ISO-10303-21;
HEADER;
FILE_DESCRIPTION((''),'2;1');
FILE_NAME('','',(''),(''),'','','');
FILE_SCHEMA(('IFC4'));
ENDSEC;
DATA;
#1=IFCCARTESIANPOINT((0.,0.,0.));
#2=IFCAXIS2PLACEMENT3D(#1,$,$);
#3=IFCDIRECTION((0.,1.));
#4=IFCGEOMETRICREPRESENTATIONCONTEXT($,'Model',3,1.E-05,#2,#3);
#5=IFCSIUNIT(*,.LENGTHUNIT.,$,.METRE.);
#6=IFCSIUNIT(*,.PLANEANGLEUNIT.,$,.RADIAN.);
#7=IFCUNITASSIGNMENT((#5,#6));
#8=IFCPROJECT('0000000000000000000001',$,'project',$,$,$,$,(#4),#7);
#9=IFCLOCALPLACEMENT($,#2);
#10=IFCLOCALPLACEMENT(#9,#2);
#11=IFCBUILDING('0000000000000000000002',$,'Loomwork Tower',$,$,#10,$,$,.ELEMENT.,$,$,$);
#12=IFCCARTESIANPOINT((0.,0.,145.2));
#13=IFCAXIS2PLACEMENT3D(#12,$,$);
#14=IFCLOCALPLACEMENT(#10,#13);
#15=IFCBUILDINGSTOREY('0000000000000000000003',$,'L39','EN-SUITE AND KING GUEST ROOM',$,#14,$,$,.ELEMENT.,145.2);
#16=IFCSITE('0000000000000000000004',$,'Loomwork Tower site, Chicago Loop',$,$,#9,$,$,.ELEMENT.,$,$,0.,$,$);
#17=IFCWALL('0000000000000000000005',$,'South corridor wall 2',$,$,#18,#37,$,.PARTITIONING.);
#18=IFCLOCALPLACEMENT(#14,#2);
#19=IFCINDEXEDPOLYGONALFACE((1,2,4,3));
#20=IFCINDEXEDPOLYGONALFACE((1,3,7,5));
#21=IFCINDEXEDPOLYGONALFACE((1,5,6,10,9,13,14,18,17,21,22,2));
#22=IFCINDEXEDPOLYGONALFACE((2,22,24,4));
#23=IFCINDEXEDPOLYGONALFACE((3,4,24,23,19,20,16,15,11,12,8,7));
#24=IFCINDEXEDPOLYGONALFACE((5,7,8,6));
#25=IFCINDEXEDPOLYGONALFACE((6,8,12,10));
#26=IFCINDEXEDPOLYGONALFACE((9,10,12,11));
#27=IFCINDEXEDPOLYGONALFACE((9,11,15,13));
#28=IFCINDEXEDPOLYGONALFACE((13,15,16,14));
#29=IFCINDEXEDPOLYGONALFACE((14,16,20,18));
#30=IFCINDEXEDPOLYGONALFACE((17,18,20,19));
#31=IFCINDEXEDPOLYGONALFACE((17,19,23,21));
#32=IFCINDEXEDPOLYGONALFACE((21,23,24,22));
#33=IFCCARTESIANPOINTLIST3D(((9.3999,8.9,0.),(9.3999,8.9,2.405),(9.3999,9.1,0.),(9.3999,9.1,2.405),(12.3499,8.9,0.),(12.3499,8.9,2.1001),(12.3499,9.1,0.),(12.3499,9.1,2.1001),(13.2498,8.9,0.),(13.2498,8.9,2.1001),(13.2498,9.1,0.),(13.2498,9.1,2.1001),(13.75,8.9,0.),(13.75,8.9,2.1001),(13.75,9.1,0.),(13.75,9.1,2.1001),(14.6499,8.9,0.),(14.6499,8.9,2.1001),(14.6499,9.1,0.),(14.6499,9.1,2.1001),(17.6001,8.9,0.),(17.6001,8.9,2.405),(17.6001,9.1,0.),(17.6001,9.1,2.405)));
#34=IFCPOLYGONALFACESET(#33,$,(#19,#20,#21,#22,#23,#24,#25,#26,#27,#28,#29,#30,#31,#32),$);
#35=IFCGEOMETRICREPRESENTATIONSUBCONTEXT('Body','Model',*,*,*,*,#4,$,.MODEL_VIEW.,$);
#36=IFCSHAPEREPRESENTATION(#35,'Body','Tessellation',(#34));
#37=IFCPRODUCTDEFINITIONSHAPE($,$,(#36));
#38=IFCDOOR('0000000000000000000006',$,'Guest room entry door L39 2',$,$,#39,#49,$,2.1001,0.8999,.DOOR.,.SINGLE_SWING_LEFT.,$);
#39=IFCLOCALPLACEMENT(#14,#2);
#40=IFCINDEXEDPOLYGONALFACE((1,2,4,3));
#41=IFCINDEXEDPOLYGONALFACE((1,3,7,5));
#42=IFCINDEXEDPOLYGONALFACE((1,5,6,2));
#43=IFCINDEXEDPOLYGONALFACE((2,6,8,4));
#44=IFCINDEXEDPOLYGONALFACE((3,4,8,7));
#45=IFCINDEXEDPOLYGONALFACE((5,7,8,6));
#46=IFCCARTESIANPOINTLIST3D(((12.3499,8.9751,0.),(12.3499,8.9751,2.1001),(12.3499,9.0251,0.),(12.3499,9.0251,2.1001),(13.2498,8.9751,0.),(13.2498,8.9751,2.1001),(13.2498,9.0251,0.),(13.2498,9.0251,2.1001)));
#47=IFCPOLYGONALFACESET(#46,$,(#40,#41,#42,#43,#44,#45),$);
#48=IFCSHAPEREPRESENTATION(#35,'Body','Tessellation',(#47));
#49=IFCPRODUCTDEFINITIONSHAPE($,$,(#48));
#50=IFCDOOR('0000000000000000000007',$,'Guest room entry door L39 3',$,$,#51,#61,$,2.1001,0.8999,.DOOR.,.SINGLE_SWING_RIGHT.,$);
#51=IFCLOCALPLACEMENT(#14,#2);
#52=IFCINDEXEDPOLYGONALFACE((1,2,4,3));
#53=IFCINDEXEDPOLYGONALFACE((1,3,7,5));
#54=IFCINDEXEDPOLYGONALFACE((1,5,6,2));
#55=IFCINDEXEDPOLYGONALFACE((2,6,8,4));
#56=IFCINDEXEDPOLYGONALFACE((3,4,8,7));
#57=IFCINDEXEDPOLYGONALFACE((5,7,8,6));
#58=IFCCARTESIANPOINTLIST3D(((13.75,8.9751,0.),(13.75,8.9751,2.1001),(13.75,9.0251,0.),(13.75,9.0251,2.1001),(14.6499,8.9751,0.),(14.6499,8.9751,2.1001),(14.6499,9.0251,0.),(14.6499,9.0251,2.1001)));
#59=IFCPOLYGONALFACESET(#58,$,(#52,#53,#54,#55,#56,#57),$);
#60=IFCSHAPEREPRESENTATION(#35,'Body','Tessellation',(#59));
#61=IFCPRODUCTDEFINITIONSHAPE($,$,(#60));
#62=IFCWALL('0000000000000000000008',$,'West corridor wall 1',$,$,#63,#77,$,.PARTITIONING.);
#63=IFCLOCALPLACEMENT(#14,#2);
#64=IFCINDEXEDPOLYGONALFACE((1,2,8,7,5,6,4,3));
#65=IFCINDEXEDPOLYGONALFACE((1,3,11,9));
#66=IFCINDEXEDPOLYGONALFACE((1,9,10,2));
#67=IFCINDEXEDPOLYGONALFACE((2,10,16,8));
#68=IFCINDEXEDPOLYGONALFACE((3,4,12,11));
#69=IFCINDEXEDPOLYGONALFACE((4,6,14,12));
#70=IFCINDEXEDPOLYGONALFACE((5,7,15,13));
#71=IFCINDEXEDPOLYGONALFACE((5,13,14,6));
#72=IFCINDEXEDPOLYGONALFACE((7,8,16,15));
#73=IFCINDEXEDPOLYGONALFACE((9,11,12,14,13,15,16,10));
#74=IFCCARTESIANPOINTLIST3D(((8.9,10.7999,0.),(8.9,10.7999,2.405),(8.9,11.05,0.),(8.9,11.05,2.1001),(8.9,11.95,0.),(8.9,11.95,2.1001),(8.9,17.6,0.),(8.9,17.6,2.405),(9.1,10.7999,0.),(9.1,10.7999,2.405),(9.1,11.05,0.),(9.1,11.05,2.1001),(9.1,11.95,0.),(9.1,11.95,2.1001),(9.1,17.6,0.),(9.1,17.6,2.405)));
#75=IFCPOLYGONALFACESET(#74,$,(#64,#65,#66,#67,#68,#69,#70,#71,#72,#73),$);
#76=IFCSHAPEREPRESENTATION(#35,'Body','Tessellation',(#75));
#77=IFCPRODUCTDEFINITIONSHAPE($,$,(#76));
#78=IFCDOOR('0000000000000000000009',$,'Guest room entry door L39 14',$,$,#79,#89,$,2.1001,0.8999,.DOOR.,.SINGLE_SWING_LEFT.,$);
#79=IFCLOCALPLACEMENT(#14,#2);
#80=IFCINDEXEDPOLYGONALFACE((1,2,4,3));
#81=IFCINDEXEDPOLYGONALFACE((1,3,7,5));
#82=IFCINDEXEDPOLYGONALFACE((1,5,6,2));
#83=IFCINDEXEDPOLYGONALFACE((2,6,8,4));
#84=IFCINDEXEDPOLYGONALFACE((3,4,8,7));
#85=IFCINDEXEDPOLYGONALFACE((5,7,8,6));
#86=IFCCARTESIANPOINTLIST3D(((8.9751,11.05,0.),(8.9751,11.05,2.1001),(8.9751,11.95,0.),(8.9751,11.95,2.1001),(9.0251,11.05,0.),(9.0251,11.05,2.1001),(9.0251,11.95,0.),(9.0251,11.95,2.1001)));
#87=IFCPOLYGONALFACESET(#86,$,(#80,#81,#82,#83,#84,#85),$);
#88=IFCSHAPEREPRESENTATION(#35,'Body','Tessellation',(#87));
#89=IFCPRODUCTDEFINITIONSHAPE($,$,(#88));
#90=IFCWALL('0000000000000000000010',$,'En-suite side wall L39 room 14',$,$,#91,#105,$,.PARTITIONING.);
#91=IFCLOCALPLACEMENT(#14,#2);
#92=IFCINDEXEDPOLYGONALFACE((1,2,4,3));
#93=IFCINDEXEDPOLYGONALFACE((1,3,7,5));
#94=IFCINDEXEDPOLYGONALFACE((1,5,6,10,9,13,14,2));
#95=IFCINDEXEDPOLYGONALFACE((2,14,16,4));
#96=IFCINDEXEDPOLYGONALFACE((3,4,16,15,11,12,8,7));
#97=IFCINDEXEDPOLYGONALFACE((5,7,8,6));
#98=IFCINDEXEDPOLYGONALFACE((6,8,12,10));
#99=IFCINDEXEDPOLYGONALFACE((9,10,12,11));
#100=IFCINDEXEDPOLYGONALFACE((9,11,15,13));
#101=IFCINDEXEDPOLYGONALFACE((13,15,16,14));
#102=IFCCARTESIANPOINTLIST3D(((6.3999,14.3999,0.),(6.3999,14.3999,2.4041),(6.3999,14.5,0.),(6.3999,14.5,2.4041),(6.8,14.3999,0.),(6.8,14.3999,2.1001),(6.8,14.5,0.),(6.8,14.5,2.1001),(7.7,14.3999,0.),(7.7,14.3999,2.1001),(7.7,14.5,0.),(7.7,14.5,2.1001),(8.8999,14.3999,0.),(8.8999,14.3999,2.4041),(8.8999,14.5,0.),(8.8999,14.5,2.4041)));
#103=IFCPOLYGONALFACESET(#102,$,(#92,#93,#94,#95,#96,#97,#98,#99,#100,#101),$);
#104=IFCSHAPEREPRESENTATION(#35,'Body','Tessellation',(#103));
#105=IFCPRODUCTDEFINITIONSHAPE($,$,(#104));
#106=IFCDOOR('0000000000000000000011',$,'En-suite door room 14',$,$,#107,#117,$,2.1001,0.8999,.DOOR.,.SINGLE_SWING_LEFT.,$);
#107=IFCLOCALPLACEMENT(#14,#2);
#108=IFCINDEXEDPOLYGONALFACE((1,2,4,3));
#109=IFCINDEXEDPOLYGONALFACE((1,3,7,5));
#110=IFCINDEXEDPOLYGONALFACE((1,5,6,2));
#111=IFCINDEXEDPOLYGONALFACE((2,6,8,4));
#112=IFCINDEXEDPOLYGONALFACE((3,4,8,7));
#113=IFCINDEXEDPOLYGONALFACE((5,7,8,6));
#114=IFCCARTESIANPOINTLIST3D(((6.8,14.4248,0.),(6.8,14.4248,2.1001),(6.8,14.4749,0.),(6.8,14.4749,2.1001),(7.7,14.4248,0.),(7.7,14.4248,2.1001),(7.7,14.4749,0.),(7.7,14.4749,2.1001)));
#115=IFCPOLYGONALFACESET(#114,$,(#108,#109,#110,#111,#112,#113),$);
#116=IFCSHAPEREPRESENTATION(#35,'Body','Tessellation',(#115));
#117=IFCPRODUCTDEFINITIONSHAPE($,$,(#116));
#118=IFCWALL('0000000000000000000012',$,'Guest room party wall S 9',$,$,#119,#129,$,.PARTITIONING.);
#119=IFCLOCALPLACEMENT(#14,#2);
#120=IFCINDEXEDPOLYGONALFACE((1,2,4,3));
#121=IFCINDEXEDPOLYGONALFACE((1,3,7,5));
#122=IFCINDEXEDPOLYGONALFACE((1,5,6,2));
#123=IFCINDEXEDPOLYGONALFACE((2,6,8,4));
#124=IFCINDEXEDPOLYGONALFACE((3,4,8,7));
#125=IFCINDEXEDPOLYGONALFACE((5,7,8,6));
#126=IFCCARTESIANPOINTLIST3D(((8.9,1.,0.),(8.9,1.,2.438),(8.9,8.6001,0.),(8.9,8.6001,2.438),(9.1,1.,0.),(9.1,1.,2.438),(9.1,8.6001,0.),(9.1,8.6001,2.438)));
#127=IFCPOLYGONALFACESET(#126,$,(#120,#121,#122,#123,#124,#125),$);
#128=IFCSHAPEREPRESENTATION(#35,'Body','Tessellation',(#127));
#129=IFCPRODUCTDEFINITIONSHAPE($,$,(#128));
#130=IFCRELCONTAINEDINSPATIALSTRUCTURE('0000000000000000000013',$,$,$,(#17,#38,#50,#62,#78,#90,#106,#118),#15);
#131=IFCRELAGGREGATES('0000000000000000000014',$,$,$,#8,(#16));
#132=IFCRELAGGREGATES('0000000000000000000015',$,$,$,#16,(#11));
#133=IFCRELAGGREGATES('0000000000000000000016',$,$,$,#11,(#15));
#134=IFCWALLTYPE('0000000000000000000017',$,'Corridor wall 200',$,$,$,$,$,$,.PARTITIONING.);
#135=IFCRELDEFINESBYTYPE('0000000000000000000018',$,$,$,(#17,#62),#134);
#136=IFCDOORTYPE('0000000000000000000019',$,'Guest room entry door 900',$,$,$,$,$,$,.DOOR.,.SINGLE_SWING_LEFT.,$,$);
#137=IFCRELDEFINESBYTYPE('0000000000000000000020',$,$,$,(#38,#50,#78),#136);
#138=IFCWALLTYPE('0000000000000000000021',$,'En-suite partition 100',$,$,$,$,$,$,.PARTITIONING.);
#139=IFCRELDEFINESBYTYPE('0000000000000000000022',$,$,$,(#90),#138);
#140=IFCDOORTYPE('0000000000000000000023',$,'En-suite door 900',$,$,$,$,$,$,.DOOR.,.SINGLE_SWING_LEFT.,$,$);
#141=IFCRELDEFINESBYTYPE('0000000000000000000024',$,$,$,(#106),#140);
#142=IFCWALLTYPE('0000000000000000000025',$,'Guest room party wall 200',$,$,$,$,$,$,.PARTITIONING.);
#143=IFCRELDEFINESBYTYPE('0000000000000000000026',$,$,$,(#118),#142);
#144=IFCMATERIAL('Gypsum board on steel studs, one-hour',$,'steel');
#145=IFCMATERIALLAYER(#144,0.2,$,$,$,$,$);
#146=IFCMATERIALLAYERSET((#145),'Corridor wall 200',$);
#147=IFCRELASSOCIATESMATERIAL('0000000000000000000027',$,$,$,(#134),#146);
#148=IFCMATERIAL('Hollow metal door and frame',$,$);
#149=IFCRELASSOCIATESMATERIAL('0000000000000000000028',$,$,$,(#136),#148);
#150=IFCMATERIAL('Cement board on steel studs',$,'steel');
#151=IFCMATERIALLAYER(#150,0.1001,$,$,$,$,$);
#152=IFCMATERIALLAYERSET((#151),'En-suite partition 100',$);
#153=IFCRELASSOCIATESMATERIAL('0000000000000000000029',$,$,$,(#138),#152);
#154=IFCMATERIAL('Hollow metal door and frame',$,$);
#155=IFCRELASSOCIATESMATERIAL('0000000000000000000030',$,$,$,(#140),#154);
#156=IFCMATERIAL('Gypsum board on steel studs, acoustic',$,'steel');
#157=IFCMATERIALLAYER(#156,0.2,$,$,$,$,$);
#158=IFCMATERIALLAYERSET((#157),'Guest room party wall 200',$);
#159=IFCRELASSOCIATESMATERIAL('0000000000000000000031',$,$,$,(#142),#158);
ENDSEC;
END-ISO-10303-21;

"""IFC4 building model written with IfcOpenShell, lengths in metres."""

from ifc_helpers import new_model, si_unit, direction, frame, frame_2d, origin, place, context, subcontext, project, spatial, rectangle, extrude, material, layer, layer_set, type_object, element, fill, save


model = new_model("IFC4")

# Units and contexts
model_context = context("Model", 3, precision=1e-05, world=origin(), true_north=direction((0.0, 1.0)))
body_context = subcontext(model_context, "Body", "Model", "MODEL_VIEW")
ifc_project = project(units=[si_unit("LENGTHUNIT", "METRE"), si_unit("PLANEANGLEUNIT", "RADIAN")], contexts=[model_context])

# Site, building, storey
site_placement = place(None, origin())
site = spatial("IfcSite", under=ifc_project, at=site_placement, Name="Loomwork Tower site, Chicago Loop", CompositionType="ELEMENT", RefElevation=0.0)
building_placement = place(site_placement, origin())
building = spatial("IfcBuilding", under=site, at=building_placement, Name="Loomwork Tower", CompositionType="ELEMENT")
storey_placement = place(building_placement, frame((0.0, 0.0, 145.2)))
storey = spatial("IfcBuildingStorey", under=building, at=storey_placement, Name="L39", Description="EN-SUITE AND KING GUEST ROOM", CompositionType="ELEMENT", Elevation=145.2)

# Wall, openings, doors
ifc_material_1 = material(Name="Gypsum board on steel studs, one-hour", Category="steel")
ifc_layer_1 = layer(ifc_material_1, 0.2)
ifc_layer_set_1 = layer_set([ifc_layer_1], Name="Corridor wall 200")
wall_type_1 = type_object("IfcWallType", Name="Corridor wall 200", PredefinedType="PARTITIONING", material=ifc_layer_set_1)
wall_1_placement = place(storey_placement, frame((9.3999, 9.0, 0.0), z_axis=(0.0, 0.0, 1.0), x_axis=(1.0, 0.0, 0.0)))
wall_1 = element("IfcWall", 1, at=wall_1_placement, inside=storey, type_object=wall_type_1, Name="South corridor wall 2", PredefinedType="PARTITIONING", context=body_context, shape_type="SweptSolid", body=[
    extrude(rectangle(XDim=8.2002, YDim=0.2, at=frame_2d((4.1001, 0.0))), origin(), (0.0, 0.0, 1.0), 2.405),
])
opening_1_placement = place(wall_1_placement, frame((2.95, 0.0, 0.0)))
opening_1 = element("IfcOpeningElement", 2, at=opening_1_placement, cuts=wall_1, PredefinedType="OPENING", context=body_context, shape_type="SweptSolid", body=[
    extrude(rectangle(XDim=0.8999, YDim=2.1001, at=frame_2d((0.45, 1.05))), frame((0.0, 0.1099, 0.0), z_axis=(0.0, -1.0, 0.0), x_axis=(1.0, 0.0, 0.0)), (0.0, 0.0, 1.0), 0.22),
])
opening_2_placement = place(wall_1_placement, frame((4.3501, 0.0, 0.0)))
opening_2 = element("IfcOpeningElement", 3, at=opening_2_placement, cuts=wall_1, PredefinedType="OPENING", context=body_context, shape_type="SweptSolid", body=[
    extrude(rectangle(XDim=0.8999, YDim=2.1001, at=frame_2d((0.45, 1.05))), frame((0.0, 0.1099, 0.0), z_axis=(0.0, -1.0, 0.0), x_axis=(1.0, 0.0, 0.0)), (0.0, 0.0, 1.0), 0.22),
])
ifc_material_2 = material(Name="Hollow metal door and frame")
door_type_1 = type_object("IfcDoorType", Name="Guest room entry door 900", OperationType="SINGLE_SWING_LEFT", PredefinedType="DOOR", material=ifc_material_2)
door_1_placement = place(opening_1_placement, frame((0.8999, 0.0, 0.0), z_axis=(0.0, 0.0, 1.0), x_axis=(-1.0, 0.0, 0.0)))
door_1 = element("IfcDoor", 4, at=door_1_placement, inside=storey, type_object=door_type_1, Name="Guest room entry door L39 2", OperationType="SINGLE_SWING_LEFT", OverallHeight=2.1001, OverallWidth=0.8999, PredefinedType="DOOR", context=body_context, shape_type="SweptSolid", body=[
    extrude(rectangle(XDim=0.8999, YDim=2.1001, at=frame_2d((0.45, 1.05))), frame((0.0, 0.0249, 0.0), z_axis=(0.0, -1.0, 0.0), x_axis=(1.0, 0.0, 0.0)), (0.0, 0.0, 1.0), 0.05),
])
fill(opening_1, door_1)
door_2_placement = place(opening_2_placement, frame((0.8999, 0.0, 0.0), z_axis=(0.0, 0.0, 1.0), x_axis=(-1.0, 0.0, 0.0)))
door_2 = element("IfcDoor", 5, at=door_2_placement, inside=storey, type_object=door_type_1, Name="Guest room entry door L39 3", OperationType="SINGLE_SWING_RIGHT", OverallHeight=2.1001, OverallWidth=0.8999, PredefinedType="DOOR", context=body_context, shape_type="SweptSolid", body=[
    extrude(rectangle(XDim=0.8999, YDim=2.1001, at=frame_2d((0.45, 1.05))), frame((0.0, 0.0249, 0.0), z_axis=(0.0, -1.0, 0.0), x_axis=(1.0, 0.0, 0.0)), (0.0, 0.0, 1.0), 0.05),
])
fill(opening_2, door_2)

# Walls, openings, doors
wall_2_placement = place(storey_placement, frame((9.0, 10.8, 0.0), z_axis=(0.0, 0.0, 1.0), x_axis=(0.0, 1.0, 0.0)))
wall_2 = element("IfcWall", 6, at=wall_2_placement, inside=storey, type_object=wall_type_1, Name="West corridor wall 1", PredefinedType="PARTITIONING", context=body_context, shape_type="SweptSolid", body=[
    extrude(rectangle(XDim=6.8, YDim=0.2, at=frame_2d((3.3999, 0.0))), origin(), (0.0, 0.0, 1.0), 2.405),
])
opening_3_placement = place(wall_2_placement, frame((0.25, 0.0, 0.0)))
opening_3 = element("IfcOpeningElement", 7, at=opening_3_placement, cuts=wall_2, PredefinedType="OPENING", context=body_context, shape_type="SweptSolid", body=[
    extrude(rectangle(XDim=0.8999, YDim=2.1001, at=frame_2d((0.45, 1.05))), frame((0.0, 0.1099, 0.0), z_axis=(0.0, -1.0, 0.0), x_axis=(1.0, 0.0, 0.0)), (0.0, 0.0, 1.0), 0.22),
])
door_3_placement = place(opening_3_placement, origin())
door_3 = element("IfcDoor", 8, at=door_3_placement, inside=storey, type_object=door_type_1, Name="Guest room entry door L39 14", OperationType="SINGLE_SWING_LEFT", OverallHeight=2.1001, OverallWidth=0.8999, PredefinedType="DOOR", context=body_context, shape_type="SweptSolid", body=[
    extrude(rectangle(XDim=0.8999, YDim=2.1001, at=frame_2d((0.45, 1.05))), frame((0.0, 0.0249, 0.0), z_axis=(0.0, -1.0, 0.0), x_axis=(1.0, 0.0, 0.0)), (0.0, 0.0, 1.0), 0.05),
])
fill(opening_3, door_3)
ifc_material_3 = material(Name="Cement board on steel studs", Category="steel")
ifc_layer_2 = layer(ifc_material_3, 0.1001)
ifc_layer_set_2 = layer_set([ifc_layer_2], Name="En-suite partition 100")
wall_type_2 = type_object("IfcWallType", Name="En-suite partition 100", PredefinedType="PARTITIONING", material=ifc_layer_set_2)
wall_3_placement = place(storey_placement, frame((8.8999, 14.45, 0.0), z_axis=(0.0, 0.0, 1.0), x_axis=(-1.0, 0.0, 0.0)))
wall_3 = element("IfcWall", 9, at=wall_3_placement, inside=storey, type_object=wall_type_2, Name="En-suite side wall L39 room 14", PredefinedType="PARTITIONING", context=body_context, shape_type="SweptSolid", body=[
    extrude(rectangle(XDim=2.5, YDim=0.1001, at=frame_2d((1.25, 0.0))), origin(), (0.0, 0.0, 1.0), 2.4041),
])
opening_4_placement = place(wall_3_placement, frame((1.2, 0.0, 0.0)))
opening_4 = element("IfcOpeningElement", 10, at=opening_4_placement, cuts=wall_3, PredefinedType="OPENING", context=body_context, shape_type="SweptSolid", body=[
    extrude(rectangle(XDim=0.8999, YDim=2.1001, at=frame_2d((0.45, 1.05))), frame((0.0, 0.0601, 0.0), z_axis=(0.0, -1.0, 0.0), x_axis=(1.0, 0.0, 0.0)), (0.0, 0.0, 1.0), 0.1201),
])
ifc_material_4 = material(Name="Hollow metal door and frame")
door_type_2 = type_object("IfcDoorType", Name="En-suite door 900", OperationType="SINGLE_SWING_LEFT", PredefinedType="DOOR", material=ifc_material_4)
door_4_placement = place(opening_4_placement, frame((0.8999, 0.0, 0.0), z_axis=(0.0, 0.0, 1.0), x_axis=(-1.0, 0.0, 0.0)))
door_4 = element("IfcDoor", 11, at=door_4_placement, inside=storey, type_object=door_type_2, Name="En-suite door room 14", OperationType="SINGLE_SWING_LEFT", OverallHeight=2.1001, OverallWidth=0.8999, PredefinedType="DOOR", context=body_context, shape_type="SweptSolid", body=[
    extrude(rectangle(XDim=0.8999, YDim=2.1001, at=frame_2d((0.45, 1.05))), frame((0.0, 0.0249, 0.0), z_axis=(0.0, -1.0, 0.0), x_axis=(1.0, 0.0, 0.0)), (0.0, 0.0, 1.0), 0.05),
])
fill(opening_4, door_4)

# Wall
ifc_material_5 = material(Name="Gypsum board on steel studs, acoustic", Category="steel")
ifc_layer_3 = layer(ifc_material_5, 0.2)
ifc_layer_set_3 = layer_set([ifc_layer_3], Name="Guest room party wall 200")
wall_type_3 = type_object("IfcWallType", Name="Guest room party wall 200", PredefinedType="PARTITIONING", material=ifc_layer_set_3)
wall_4_placement = place(storey_placement, frame((9.0, 8.6001, 0.0), z_axis=(0.0, 0.0, 1.0), x_axis=(0.0, -1.0, 0.0)))
element("IfcWall", 12, at=wall_4_placement, inside=storey, type_object=wall_type_3, Name="Guest room party wall S 9", PredefinedType="PARTITIONING", context=body_context, shape_type="SweptSolid", body=[
    extrude(rectangle(XDim=7.6001, YDim=0.2, at=frame_2d((3.8, 0.0))), origin(), (0.0, 0.0, 1.0), 2.438),
])

save(model, "model.ifc")
